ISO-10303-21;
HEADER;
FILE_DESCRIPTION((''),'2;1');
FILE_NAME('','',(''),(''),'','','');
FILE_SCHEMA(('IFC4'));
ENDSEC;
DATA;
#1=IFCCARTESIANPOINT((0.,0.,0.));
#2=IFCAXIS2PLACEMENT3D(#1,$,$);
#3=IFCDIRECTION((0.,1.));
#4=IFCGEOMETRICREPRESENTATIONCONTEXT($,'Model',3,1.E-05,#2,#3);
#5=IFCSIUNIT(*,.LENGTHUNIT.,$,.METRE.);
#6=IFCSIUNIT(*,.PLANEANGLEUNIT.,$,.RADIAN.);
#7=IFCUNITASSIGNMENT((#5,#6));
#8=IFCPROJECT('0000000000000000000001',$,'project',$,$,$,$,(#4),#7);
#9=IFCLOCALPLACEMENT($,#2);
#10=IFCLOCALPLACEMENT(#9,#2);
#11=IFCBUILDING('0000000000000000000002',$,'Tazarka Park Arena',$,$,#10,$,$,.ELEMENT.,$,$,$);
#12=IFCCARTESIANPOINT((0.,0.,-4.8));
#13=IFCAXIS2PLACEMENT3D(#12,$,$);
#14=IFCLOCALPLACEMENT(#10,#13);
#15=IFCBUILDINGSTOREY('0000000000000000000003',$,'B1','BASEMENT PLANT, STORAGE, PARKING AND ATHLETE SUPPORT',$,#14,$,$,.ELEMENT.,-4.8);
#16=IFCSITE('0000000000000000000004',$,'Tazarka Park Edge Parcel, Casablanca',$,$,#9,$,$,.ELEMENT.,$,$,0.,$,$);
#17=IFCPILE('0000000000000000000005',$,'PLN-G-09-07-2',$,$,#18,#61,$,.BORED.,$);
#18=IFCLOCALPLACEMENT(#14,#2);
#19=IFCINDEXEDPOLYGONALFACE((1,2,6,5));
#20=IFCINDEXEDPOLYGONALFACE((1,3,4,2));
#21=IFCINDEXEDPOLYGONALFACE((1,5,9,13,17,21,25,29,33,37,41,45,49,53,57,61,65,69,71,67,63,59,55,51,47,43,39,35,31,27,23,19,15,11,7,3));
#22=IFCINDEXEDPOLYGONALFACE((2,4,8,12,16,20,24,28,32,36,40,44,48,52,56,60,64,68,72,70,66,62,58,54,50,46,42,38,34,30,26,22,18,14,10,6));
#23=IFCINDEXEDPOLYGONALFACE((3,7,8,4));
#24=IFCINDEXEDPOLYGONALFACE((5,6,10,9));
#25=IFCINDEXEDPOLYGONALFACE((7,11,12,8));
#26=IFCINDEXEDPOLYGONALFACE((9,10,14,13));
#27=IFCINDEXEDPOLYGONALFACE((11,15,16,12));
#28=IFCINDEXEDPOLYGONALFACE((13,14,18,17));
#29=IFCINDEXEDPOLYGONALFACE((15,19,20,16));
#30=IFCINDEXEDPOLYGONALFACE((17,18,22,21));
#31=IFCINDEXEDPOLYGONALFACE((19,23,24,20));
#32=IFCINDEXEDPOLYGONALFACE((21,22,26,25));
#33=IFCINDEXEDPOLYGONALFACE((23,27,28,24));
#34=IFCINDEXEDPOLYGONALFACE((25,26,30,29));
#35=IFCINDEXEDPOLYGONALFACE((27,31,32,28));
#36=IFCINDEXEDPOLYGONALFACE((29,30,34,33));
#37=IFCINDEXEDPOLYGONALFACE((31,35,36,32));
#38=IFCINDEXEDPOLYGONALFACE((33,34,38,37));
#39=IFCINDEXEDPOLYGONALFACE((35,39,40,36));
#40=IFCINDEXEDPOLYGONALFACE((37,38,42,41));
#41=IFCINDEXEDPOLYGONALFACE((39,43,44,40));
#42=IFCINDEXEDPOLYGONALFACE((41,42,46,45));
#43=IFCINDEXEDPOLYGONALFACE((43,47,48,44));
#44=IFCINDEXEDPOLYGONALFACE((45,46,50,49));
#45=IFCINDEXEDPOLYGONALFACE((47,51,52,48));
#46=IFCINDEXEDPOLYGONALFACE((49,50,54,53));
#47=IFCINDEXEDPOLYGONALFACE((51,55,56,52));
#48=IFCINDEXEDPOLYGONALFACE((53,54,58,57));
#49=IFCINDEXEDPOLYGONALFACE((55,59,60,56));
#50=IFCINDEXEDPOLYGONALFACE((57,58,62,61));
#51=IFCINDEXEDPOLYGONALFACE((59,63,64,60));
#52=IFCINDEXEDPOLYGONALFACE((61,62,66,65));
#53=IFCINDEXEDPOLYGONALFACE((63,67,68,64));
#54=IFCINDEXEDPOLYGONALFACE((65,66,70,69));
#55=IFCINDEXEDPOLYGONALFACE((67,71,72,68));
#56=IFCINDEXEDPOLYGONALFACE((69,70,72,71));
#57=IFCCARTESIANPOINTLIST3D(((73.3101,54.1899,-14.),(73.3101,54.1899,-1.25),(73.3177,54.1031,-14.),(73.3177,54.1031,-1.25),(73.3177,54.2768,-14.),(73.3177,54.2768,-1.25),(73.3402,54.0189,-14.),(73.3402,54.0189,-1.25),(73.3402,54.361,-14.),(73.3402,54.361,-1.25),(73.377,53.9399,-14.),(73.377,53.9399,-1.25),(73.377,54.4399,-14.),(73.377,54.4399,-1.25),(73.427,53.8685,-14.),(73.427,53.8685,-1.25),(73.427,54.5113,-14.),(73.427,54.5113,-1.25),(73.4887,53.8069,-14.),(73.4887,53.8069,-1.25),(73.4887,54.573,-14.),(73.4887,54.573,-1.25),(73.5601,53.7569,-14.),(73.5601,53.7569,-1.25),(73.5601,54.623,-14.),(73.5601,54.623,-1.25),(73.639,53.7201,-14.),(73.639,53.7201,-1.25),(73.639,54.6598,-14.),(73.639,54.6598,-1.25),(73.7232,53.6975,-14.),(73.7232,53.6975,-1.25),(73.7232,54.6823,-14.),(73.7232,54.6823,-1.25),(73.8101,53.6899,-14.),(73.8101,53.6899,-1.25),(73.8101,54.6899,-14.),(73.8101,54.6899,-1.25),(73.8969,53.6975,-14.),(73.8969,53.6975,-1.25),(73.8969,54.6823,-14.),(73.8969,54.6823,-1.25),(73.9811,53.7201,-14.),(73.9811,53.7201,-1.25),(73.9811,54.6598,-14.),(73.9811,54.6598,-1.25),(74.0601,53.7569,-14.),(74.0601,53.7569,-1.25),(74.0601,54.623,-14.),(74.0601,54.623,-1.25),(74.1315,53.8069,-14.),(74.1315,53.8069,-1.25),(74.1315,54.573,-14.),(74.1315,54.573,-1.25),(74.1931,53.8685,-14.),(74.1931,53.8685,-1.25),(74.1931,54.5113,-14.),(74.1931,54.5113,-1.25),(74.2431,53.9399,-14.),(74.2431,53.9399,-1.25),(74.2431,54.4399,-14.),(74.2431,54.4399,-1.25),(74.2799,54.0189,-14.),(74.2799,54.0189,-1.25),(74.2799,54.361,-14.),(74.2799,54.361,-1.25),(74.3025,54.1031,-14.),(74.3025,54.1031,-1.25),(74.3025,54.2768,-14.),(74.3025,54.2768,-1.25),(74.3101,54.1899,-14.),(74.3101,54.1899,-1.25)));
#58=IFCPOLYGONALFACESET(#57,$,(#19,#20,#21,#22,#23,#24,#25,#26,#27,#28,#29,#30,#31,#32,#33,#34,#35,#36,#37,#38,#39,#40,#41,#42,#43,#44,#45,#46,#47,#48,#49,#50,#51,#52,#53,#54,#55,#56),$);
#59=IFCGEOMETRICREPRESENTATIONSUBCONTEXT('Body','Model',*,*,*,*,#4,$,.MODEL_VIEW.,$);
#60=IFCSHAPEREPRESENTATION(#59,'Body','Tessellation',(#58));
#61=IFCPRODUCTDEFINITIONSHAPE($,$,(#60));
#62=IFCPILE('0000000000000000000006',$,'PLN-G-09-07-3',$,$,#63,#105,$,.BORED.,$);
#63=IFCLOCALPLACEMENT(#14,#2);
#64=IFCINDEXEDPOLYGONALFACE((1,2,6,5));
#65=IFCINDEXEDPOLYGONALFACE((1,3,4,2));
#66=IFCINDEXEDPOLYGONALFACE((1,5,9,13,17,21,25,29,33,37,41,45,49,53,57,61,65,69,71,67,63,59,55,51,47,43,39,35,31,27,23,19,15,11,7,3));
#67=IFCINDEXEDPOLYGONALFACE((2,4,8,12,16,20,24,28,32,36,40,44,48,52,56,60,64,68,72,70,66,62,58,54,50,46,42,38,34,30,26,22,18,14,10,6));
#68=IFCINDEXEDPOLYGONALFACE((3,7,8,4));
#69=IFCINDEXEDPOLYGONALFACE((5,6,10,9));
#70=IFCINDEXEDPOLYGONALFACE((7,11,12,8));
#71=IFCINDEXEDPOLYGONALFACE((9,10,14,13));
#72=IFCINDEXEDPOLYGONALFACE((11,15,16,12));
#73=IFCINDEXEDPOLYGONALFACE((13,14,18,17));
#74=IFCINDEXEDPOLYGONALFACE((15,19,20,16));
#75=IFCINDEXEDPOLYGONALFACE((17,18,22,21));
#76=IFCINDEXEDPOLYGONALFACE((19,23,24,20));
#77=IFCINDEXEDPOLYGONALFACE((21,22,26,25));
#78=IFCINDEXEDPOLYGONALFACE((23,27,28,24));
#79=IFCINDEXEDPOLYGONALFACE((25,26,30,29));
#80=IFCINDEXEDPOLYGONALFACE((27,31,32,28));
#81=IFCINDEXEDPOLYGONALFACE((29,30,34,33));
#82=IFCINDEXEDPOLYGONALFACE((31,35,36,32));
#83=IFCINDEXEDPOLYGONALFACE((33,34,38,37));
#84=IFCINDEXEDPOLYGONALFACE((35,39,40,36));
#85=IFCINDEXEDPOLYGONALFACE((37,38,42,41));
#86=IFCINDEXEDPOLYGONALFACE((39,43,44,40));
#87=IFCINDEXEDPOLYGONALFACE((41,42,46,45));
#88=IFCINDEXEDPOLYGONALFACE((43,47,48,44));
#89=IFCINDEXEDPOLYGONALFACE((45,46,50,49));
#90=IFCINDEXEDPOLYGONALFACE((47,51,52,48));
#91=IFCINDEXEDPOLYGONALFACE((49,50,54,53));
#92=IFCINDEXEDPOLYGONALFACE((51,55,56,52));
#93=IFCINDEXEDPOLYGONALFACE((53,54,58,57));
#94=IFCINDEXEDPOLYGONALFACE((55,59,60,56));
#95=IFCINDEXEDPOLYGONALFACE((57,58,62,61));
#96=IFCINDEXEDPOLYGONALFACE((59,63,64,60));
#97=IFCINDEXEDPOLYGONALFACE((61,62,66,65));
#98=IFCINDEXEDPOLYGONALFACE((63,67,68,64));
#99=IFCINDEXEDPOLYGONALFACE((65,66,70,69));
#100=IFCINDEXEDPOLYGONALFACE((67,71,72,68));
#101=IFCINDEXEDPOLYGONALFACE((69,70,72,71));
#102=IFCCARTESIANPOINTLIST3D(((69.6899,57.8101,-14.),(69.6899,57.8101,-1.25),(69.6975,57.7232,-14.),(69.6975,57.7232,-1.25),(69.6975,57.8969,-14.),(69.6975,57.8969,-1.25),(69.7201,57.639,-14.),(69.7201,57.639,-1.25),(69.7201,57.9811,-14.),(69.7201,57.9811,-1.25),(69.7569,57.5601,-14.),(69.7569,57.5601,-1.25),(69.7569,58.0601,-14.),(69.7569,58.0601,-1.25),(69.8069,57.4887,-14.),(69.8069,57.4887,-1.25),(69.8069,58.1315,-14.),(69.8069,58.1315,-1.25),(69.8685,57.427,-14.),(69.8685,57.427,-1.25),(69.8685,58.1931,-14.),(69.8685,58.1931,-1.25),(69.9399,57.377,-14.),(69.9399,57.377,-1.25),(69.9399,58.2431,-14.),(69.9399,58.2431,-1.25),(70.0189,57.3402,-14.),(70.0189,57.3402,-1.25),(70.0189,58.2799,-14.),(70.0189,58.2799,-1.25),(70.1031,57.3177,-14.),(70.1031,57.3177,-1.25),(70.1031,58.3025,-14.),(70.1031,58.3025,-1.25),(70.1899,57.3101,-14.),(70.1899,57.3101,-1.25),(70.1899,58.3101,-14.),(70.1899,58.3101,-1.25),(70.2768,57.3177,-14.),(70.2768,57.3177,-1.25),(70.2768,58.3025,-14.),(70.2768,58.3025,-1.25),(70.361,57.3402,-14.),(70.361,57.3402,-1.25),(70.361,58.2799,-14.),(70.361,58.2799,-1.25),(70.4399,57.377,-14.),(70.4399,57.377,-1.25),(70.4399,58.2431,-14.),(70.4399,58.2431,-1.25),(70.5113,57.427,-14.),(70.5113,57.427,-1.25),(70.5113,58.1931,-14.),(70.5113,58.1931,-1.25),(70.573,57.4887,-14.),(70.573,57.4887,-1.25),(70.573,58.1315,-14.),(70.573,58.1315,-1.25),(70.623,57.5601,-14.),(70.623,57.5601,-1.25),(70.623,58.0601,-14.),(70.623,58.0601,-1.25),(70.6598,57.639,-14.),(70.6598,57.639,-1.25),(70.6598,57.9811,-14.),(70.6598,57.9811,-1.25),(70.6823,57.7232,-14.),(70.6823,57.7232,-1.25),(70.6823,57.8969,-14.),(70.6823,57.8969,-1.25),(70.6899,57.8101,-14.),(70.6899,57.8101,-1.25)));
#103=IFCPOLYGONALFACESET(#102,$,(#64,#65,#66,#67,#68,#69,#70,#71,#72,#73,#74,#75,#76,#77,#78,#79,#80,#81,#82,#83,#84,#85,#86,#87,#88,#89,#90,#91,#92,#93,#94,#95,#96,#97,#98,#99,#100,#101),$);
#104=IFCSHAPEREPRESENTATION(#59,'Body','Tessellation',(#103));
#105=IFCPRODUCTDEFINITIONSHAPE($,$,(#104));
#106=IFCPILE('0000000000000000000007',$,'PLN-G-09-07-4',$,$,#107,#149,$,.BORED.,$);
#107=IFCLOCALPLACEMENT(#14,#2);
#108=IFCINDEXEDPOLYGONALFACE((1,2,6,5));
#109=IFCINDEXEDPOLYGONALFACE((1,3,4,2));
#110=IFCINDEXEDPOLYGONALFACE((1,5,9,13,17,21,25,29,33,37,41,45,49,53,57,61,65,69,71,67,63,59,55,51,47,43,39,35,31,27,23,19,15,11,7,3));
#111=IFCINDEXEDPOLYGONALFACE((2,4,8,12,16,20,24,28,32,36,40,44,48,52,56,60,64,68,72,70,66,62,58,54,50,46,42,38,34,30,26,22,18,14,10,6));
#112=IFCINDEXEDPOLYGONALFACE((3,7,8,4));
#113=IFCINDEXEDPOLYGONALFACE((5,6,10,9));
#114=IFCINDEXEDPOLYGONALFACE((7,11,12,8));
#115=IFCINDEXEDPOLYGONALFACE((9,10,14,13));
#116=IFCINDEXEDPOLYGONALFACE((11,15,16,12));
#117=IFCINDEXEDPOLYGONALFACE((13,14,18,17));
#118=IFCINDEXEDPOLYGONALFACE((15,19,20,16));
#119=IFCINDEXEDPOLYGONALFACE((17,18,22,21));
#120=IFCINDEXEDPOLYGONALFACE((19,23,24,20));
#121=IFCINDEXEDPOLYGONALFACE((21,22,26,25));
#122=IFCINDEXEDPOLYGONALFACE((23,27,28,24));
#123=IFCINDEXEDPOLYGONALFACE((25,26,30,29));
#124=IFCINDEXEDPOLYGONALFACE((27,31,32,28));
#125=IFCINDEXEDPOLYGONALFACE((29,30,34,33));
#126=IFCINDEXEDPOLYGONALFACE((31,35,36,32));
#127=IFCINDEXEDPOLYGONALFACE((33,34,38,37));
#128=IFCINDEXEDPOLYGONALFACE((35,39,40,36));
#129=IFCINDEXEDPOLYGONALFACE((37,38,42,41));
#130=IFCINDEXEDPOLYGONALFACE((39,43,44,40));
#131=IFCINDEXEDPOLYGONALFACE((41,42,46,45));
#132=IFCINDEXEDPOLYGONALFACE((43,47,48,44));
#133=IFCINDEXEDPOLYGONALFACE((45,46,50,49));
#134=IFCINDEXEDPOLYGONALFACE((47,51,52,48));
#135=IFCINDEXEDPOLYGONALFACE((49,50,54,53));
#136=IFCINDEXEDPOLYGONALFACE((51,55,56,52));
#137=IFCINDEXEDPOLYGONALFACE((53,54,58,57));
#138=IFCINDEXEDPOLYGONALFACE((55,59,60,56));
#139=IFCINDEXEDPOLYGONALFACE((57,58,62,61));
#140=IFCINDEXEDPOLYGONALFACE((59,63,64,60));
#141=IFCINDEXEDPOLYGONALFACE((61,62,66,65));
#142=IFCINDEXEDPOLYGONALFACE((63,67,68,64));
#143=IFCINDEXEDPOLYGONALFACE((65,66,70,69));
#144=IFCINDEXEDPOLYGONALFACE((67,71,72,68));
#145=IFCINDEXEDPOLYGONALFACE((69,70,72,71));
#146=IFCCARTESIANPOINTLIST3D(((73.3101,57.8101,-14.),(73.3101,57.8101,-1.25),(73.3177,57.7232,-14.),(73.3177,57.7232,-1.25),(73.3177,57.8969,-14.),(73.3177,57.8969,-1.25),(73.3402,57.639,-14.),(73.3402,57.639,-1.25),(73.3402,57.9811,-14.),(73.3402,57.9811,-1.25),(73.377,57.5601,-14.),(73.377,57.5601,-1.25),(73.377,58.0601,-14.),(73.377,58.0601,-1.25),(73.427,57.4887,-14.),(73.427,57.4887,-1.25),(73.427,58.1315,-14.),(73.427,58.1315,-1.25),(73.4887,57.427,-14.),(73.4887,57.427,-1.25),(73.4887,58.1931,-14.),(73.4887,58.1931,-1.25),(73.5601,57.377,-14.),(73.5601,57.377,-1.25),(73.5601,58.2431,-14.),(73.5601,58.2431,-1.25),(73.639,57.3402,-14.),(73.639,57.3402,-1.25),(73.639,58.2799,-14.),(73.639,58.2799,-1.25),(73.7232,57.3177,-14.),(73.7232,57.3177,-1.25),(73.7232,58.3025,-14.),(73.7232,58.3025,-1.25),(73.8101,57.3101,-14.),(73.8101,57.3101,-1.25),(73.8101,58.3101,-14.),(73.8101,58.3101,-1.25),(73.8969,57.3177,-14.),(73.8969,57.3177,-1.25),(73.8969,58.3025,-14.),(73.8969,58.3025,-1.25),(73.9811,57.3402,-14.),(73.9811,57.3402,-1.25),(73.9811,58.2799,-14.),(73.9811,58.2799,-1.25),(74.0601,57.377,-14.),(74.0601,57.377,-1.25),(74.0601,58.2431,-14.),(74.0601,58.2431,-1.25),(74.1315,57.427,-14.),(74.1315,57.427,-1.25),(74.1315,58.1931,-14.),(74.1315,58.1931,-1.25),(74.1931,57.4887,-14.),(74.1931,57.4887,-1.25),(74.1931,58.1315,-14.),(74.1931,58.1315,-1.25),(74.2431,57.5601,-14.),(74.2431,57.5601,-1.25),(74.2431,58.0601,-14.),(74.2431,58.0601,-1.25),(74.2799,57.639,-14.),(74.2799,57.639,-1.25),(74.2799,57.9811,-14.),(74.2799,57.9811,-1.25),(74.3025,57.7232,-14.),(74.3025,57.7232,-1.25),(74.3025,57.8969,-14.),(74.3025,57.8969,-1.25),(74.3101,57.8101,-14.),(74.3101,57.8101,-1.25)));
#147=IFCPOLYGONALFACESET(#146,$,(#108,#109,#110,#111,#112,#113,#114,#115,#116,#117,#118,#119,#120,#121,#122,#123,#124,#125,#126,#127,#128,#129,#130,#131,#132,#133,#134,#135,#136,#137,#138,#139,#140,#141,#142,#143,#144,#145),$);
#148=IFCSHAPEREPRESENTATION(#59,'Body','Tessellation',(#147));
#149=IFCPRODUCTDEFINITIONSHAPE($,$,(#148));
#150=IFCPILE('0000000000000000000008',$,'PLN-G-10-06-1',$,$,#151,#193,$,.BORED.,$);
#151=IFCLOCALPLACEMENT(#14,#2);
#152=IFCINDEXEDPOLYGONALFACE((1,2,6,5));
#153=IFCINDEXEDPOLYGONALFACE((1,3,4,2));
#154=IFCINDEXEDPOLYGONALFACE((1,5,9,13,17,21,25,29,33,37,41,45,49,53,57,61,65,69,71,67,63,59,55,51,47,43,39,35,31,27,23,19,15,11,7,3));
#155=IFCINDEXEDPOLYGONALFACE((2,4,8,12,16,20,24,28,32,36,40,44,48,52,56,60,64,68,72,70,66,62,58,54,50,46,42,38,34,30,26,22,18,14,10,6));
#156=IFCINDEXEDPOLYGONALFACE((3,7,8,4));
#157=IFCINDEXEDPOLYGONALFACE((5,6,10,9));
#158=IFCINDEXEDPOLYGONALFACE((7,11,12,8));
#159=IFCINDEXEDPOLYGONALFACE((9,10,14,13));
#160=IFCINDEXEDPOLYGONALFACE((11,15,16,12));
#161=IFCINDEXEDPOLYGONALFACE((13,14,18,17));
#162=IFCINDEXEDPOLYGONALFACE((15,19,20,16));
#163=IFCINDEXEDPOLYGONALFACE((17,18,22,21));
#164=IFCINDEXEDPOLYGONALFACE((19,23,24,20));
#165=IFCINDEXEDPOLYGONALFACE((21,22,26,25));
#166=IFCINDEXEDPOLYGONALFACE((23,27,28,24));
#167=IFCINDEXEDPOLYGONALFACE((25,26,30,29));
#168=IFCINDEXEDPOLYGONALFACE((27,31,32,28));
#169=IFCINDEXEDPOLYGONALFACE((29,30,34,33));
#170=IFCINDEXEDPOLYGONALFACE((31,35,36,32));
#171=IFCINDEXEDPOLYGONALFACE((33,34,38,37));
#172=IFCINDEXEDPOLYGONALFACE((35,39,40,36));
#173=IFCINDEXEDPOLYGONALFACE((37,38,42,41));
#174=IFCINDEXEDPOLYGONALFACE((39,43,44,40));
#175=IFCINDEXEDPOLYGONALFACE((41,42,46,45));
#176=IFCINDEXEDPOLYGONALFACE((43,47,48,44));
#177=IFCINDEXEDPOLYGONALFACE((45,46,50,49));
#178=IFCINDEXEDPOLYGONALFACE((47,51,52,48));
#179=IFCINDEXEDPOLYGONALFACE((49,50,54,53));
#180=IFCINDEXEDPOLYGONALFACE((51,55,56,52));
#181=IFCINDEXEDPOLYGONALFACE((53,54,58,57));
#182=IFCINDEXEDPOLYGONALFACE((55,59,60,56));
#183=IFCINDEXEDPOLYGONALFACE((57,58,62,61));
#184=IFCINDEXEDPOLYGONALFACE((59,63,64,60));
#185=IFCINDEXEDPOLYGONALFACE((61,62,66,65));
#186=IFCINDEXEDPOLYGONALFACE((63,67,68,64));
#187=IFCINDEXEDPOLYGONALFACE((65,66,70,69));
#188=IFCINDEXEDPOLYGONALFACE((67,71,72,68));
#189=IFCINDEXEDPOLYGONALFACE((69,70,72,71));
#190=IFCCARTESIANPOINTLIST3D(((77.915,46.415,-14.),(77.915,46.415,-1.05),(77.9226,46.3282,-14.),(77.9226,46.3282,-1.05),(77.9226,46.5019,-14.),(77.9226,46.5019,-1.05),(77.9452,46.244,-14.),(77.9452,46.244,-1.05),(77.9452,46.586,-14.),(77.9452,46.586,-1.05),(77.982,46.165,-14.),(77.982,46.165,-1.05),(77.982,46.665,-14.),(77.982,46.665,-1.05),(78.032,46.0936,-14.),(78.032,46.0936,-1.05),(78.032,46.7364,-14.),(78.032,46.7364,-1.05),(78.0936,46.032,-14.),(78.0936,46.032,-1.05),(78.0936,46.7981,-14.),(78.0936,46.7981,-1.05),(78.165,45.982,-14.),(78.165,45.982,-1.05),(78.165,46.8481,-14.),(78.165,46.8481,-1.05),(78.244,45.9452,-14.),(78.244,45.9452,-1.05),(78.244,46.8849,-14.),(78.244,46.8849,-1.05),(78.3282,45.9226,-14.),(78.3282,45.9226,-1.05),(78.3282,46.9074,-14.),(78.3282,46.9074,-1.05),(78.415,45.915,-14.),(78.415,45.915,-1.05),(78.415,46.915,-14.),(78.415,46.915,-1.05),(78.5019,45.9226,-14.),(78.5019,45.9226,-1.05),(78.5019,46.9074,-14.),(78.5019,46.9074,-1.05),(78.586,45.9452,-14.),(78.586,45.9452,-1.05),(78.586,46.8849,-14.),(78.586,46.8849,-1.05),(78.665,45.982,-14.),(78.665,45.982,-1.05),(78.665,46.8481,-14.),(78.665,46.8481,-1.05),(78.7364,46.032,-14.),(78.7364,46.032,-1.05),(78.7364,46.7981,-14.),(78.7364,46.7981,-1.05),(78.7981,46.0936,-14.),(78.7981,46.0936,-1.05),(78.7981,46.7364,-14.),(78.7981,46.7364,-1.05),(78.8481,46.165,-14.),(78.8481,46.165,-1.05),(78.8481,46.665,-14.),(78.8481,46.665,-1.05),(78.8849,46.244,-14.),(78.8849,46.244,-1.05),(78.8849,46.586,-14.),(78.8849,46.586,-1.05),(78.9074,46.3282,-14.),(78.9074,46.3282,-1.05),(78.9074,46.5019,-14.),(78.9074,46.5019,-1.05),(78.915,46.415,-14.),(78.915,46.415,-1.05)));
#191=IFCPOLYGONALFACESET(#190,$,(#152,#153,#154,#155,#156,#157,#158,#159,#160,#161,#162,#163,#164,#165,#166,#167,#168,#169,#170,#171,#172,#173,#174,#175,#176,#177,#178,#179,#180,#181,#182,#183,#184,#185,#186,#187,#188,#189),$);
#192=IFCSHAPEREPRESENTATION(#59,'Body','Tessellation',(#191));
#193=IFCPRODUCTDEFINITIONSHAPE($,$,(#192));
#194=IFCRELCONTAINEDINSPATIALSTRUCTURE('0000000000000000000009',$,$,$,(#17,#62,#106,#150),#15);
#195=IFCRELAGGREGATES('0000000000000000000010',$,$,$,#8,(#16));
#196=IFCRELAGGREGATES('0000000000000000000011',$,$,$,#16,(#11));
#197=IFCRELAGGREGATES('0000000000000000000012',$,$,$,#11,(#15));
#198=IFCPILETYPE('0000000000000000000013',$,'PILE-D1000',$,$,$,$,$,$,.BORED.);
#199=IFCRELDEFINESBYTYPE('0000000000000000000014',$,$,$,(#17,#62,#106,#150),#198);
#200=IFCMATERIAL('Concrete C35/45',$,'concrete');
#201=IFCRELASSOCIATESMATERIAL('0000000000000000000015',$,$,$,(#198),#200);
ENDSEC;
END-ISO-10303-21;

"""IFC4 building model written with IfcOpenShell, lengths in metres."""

from ifc_helpers import new_model, si_unit, direction, frame, origin, origin_2d, place, context, subcontext, project, spatial, circle, extrude, material, material_profile, profile_set, type_object, element, save


model = new_model("IFC4")

# Units and contexts
model_context = context("Model", 3, precision=1e-05, world=origin(), true_north=direction((0.0, 1.0)))
body_context = subcontext(model_context, "Body", "Model", "MODEL_VIEW")
ifc_project = project(units=[si_unit("LENGTHUNIT", "METRE"), si_unit("PLANEANGLEUNIT", "RADIAN")], contexts=[model_context])

# Site, building, storey
site_placement = place(None, origin())
site = spatial("IfcSite", under=ifc_project, at=site_placement, Name="Tazarka Park Edge Parcel, Casablanca", CompositionType="ELEMENT", RefElevation=0.0)
building_placement = place(site_placement, origin())
building = spatial("IfcBuilding", under=site, at=building_placement, Name="Tazarka Park Arena", CompositionType="ELEMENT")
storey_placement = place(building_placement, frame((0.0, 0.0, -4.8)))
storey = spatial("IfcBuildingStorey", under=building, at=storey_placement, Name="B1", Description="BASEMENT PLANT, STORAGE, PARKING AND ATHLETE SUPPORT", CompositionType="ELEMENT", Elevation=-4.8)

# Piles
ifc_material_1 = material(Name="Concrete C35/45", Category="concrete")
ifc_material_profile_1 = material_profile(ifc_material_1, circle(Radius=0.5, at=origin_2d()), Name="Concrete C35/45")
ifc_profile_set_1 = profile_set([ifc_material_profile_1], Name="Concrete C35/45")
pile_type_1 = type_object("IfcPileType", Name="PILE-D1000", PredefinedType="BORED", material=ifc_profile_set_1)
for number, where, z_axis, x_axis, name in (
    (1, (73.8101, 54.1899, -1.25), (0.0, 0.0, -1.0), (1.0, 0.0, 0.0), "PLN-G-09-07-2"),
    (2, (70.1899, 57.8101, -1.25), (0.0, 0.0, -1.0), (1.0, 0.0, 0.0), "PLN-G-09-07-3"),
    (3, (73.8101, 57.8101, -1.25), (0.0, 0.0, -1.0), (1.0, 0.0, 0.0), "PLN-G-09-07-4"),
):
    element("IfcPile", number, at=place(storey_placement, frame(where, z_axis=z_axis, x_axis=x_axis)), inside=storey, type_object=pile_type_1, Name=name, PredefinedType="BORED", context=body_context, shape_type="SweptSolid", body=[
        extrude(circle(Radius=0.5, at=origin_2d()), origin(), (0.0, 0.0, 1.0), 12.75),
    ])
for number, where, z_axis, x_axis, name in (
    (4, (78.415, 46.415, -1.05), (0.0, 0.0, -1.0), (1.0, 0.0, 0.0), "PLN-G-10-06-1"),
):
    element("IfcPile", number, at=place(storey_placement, frame(where, z_axis=z_axis, x_axis=x_axis)), inside=storey, type_object=pile_type_1, Name=name, PredefinedType="BORED", context=body_context, shape_type="SweptSolid", body=[
        extrude(circle(Radius=0.5, at=origin_2d()), origin(), (0.0, 0.0, 1.0), 12.95),
    ])

save(model, "model.ifc")
